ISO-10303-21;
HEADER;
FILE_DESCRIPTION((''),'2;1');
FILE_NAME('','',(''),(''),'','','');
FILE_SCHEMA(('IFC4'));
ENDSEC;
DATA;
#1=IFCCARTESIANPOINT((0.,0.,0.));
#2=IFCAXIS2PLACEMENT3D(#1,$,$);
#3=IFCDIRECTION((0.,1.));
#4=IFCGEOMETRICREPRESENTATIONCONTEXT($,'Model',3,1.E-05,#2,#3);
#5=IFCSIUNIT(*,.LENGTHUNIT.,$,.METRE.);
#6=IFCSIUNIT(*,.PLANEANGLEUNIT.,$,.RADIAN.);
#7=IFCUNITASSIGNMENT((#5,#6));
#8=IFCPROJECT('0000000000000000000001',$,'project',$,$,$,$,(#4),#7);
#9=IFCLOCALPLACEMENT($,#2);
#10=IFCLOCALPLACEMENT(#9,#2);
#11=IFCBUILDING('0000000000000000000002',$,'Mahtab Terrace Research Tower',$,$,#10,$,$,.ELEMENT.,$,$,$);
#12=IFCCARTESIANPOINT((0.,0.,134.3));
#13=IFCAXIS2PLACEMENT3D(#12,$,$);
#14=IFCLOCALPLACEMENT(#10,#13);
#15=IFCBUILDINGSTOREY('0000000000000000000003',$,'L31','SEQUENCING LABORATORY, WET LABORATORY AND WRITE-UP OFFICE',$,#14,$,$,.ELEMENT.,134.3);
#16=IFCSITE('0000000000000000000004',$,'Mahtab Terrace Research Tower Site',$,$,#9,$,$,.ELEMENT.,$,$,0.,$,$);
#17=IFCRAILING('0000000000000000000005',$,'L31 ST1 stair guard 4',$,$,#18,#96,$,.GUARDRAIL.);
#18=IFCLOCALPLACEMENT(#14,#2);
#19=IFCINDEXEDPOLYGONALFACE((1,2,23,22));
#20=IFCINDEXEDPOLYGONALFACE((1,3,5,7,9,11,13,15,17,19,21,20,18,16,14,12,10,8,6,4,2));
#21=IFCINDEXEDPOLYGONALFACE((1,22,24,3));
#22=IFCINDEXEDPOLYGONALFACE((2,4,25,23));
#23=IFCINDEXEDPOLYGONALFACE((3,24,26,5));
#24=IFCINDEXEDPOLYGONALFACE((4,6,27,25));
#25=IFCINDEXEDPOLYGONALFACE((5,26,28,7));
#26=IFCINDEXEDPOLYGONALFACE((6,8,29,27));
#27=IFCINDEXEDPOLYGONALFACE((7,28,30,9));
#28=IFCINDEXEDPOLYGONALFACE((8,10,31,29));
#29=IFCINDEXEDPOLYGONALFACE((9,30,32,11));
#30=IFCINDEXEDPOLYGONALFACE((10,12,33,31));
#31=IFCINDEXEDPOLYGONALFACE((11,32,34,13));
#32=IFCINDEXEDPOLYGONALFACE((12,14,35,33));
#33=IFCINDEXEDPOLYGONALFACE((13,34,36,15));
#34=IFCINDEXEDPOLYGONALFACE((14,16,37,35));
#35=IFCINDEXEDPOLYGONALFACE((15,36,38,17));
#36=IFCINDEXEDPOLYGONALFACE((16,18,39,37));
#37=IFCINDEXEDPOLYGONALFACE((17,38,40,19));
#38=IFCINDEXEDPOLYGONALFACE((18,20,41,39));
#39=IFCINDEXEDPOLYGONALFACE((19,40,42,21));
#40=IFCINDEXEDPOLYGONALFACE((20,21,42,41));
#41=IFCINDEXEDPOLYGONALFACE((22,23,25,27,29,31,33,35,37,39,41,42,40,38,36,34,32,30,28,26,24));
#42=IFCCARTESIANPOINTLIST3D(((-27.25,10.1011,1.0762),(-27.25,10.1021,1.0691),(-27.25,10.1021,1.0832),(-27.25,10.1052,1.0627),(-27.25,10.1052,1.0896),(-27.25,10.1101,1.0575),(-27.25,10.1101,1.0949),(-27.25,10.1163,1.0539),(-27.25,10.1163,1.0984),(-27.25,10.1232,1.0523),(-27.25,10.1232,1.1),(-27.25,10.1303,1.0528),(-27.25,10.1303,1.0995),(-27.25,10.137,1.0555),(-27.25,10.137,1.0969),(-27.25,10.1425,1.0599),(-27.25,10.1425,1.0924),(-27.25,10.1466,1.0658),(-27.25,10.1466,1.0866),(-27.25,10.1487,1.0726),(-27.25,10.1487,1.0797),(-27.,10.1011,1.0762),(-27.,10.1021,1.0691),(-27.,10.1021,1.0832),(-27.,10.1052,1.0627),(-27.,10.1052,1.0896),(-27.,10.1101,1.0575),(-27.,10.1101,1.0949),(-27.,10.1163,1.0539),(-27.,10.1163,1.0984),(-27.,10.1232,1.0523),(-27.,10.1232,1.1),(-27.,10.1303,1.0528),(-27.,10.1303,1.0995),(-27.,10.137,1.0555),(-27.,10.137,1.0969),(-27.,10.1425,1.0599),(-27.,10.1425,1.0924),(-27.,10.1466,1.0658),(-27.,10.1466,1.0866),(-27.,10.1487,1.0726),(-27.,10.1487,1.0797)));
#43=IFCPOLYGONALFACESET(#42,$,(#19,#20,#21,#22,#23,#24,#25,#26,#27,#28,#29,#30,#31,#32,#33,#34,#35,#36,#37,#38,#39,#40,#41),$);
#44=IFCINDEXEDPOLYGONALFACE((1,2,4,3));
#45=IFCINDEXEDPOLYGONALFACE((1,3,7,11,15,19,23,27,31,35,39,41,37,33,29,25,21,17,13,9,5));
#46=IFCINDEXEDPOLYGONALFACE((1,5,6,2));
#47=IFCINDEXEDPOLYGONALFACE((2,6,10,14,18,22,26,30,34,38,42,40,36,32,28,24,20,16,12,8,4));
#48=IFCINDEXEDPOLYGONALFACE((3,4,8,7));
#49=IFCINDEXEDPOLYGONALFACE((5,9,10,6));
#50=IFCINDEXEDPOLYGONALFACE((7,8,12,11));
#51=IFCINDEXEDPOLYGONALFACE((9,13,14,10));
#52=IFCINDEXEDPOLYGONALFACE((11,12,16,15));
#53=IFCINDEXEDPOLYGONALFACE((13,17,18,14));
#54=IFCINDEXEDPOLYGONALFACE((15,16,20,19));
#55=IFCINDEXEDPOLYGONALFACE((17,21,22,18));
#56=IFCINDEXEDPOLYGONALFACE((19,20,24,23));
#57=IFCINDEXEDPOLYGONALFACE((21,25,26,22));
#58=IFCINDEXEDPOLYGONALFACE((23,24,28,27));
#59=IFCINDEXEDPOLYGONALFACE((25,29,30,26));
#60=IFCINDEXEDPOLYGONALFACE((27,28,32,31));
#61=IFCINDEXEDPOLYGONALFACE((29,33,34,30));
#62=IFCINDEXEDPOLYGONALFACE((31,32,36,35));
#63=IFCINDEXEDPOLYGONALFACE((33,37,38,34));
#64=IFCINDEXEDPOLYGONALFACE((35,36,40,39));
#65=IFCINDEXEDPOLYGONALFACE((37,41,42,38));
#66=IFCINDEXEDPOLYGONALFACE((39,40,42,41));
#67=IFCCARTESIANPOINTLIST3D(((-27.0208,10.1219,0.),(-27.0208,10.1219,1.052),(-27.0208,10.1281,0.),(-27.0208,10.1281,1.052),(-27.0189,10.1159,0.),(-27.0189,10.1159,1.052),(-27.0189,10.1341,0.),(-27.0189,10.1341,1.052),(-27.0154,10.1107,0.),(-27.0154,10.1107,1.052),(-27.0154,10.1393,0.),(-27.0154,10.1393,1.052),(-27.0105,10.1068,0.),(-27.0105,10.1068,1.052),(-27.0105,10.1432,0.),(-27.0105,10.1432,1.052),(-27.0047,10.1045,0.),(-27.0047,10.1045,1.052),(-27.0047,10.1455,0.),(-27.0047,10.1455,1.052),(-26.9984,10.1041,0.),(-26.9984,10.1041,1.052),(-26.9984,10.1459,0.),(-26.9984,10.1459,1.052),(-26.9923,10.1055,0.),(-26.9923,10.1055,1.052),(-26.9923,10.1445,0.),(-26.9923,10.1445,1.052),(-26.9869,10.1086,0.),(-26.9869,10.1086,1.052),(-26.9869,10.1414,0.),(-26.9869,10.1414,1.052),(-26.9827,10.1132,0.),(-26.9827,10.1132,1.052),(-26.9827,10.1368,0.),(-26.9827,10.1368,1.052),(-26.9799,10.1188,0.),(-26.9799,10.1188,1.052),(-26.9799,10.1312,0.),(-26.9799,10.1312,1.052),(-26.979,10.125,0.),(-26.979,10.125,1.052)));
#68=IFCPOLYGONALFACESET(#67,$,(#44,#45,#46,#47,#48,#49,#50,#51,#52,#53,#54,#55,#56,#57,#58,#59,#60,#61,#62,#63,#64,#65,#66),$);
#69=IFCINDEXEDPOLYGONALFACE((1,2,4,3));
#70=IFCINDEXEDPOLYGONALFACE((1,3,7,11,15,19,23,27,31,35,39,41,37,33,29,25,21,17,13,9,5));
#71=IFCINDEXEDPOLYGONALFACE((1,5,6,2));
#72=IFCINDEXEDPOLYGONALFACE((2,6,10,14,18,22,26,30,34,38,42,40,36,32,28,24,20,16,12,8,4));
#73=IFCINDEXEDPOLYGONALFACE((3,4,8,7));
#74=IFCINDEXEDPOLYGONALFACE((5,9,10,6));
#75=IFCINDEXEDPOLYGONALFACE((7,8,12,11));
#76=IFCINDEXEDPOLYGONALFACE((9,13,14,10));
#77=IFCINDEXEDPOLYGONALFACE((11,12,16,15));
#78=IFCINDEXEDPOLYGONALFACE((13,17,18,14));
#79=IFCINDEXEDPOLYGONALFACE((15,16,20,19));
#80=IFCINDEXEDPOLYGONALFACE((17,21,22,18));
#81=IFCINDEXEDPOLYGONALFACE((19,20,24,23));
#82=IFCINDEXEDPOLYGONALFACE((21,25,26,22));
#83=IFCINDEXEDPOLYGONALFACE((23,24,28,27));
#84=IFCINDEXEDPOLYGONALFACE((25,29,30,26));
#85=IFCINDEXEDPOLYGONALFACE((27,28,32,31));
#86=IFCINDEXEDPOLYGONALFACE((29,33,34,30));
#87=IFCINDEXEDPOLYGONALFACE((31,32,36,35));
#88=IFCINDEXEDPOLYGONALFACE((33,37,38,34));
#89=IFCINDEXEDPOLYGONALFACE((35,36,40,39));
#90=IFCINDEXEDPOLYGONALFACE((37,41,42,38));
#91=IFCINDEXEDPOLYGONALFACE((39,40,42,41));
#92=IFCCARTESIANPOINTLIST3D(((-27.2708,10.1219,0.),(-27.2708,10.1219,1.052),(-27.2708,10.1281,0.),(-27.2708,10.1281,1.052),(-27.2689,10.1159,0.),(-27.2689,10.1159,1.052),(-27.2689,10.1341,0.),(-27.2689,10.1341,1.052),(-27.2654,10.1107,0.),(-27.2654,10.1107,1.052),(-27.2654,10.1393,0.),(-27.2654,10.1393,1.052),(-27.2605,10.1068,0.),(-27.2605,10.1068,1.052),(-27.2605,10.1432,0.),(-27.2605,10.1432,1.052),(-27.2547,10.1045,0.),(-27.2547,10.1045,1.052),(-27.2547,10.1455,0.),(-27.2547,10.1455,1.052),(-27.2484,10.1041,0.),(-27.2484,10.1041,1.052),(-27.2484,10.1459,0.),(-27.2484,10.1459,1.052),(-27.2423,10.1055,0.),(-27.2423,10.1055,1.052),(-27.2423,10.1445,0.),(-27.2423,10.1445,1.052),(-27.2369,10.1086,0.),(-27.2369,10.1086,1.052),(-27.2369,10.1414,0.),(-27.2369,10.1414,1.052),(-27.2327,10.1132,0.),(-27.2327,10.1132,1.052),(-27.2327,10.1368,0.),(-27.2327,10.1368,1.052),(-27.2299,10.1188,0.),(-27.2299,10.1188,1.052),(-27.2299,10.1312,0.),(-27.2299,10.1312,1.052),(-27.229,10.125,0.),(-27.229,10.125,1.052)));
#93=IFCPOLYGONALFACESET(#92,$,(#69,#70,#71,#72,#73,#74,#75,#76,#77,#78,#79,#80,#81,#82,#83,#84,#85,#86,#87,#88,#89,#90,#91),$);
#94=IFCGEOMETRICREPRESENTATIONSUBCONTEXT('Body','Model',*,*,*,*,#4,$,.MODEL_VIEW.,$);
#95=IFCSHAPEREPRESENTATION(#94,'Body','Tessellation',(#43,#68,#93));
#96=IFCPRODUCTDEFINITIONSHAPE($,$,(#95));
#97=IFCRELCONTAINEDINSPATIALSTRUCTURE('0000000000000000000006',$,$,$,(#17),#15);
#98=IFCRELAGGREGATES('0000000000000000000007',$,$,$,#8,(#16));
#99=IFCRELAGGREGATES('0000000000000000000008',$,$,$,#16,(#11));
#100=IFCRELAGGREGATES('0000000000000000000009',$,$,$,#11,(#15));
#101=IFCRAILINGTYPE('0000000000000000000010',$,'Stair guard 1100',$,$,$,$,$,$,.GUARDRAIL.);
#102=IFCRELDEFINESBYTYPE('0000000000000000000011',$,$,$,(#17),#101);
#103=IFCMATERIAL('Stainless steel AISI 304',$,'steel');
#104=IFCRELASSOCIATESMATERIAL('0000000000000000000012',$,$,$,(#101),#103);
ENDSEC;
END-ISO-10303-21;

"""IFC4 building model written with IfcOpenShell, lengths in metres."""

from ifc_helpers import new_model, si_unit, direction, frame, origin, origin_2d, place, context, subcontext, project, spatial, circle, extrude, material, type_object, element, save


model = new_model("IFC4")

# Units and contexts
model_context = context("Model", 3, precision=1e-05, world=origin(), true_north=direction((0.0, 1.0)))
body_context = subcontext(model_context, "Body", "Model", "MODEL_VIEW")
ifc_project = project(units=[si_unit("LENGTHUNIT", "METRE"), si_unit("PLANEANGLEUNIT", "RADIAN")], contexts=[model_context])

# Site, building, storey
site_placement = place(None, origin())
site = spatial("IfcSite", under=ifc_project, at=site_placement, Name="Mahtab Terrace Research Tower Site", CompositionType="ELEMENT", RefElevation=0.0)
building_placement = place(site_placement, origin())
building = spatial("IfcBuilding", under=site, at=building_placement, Name="Mahtab Terrace Research Tower", CompositionType="ELEMENT")
storey_placement = place(building_placement, frame((0.0, 0.0, 134.3)))
storey = spatial("IfcBuildingStorey", under=building, at=storey_placement, Name="L31", Description="SEQUENCING LABORATORY, WET LABORATORY AND WRITE-UP OFFICE", CompositionType="ELEMENT", Elevation=134.3)

# Railing
ifc_material_1 = material(Name="Stainless steel AISI 304", Category="steel")
railing_type_1 = type_object("IfcRailingType", Name="Stair guard 1100", PredefinedType="GUARDRAIL", material=ifc_material_1)
railing_1_placement = place(storey_placement, frame((-27.0, 10.125, 0.0)))
element("IfcRailing", 1, at=railing_1_placement, inside=storey, type_object=railing_type_1, Name="L31 ST1 stair guard 4", PredefinedType="GUARDRAIL", context=body_context, shape_type="SweptSolid", body=[
    extrude(circle(Radius=0.0239, at=origin_2d()), frame((0.0, 0.0, 1.0762), z_axis=(-1.0, 0.0, 0.0), x_axis=(0.0, -1.0, 0.0)), (0.0, 0.0, 1.0), 0.25),
    extrude(circle(Radius=0.021, at=origin_2d()), origin(), (0.0, 0.0, 1.0), 1.052),
    extrude(circle(Radius=0.021, at=origin_2d()), frame((-0.25, 0.0, 0.0)), (0.0, 0.0, 1.0), 1.052),
])

save(model, "model.ifc")
